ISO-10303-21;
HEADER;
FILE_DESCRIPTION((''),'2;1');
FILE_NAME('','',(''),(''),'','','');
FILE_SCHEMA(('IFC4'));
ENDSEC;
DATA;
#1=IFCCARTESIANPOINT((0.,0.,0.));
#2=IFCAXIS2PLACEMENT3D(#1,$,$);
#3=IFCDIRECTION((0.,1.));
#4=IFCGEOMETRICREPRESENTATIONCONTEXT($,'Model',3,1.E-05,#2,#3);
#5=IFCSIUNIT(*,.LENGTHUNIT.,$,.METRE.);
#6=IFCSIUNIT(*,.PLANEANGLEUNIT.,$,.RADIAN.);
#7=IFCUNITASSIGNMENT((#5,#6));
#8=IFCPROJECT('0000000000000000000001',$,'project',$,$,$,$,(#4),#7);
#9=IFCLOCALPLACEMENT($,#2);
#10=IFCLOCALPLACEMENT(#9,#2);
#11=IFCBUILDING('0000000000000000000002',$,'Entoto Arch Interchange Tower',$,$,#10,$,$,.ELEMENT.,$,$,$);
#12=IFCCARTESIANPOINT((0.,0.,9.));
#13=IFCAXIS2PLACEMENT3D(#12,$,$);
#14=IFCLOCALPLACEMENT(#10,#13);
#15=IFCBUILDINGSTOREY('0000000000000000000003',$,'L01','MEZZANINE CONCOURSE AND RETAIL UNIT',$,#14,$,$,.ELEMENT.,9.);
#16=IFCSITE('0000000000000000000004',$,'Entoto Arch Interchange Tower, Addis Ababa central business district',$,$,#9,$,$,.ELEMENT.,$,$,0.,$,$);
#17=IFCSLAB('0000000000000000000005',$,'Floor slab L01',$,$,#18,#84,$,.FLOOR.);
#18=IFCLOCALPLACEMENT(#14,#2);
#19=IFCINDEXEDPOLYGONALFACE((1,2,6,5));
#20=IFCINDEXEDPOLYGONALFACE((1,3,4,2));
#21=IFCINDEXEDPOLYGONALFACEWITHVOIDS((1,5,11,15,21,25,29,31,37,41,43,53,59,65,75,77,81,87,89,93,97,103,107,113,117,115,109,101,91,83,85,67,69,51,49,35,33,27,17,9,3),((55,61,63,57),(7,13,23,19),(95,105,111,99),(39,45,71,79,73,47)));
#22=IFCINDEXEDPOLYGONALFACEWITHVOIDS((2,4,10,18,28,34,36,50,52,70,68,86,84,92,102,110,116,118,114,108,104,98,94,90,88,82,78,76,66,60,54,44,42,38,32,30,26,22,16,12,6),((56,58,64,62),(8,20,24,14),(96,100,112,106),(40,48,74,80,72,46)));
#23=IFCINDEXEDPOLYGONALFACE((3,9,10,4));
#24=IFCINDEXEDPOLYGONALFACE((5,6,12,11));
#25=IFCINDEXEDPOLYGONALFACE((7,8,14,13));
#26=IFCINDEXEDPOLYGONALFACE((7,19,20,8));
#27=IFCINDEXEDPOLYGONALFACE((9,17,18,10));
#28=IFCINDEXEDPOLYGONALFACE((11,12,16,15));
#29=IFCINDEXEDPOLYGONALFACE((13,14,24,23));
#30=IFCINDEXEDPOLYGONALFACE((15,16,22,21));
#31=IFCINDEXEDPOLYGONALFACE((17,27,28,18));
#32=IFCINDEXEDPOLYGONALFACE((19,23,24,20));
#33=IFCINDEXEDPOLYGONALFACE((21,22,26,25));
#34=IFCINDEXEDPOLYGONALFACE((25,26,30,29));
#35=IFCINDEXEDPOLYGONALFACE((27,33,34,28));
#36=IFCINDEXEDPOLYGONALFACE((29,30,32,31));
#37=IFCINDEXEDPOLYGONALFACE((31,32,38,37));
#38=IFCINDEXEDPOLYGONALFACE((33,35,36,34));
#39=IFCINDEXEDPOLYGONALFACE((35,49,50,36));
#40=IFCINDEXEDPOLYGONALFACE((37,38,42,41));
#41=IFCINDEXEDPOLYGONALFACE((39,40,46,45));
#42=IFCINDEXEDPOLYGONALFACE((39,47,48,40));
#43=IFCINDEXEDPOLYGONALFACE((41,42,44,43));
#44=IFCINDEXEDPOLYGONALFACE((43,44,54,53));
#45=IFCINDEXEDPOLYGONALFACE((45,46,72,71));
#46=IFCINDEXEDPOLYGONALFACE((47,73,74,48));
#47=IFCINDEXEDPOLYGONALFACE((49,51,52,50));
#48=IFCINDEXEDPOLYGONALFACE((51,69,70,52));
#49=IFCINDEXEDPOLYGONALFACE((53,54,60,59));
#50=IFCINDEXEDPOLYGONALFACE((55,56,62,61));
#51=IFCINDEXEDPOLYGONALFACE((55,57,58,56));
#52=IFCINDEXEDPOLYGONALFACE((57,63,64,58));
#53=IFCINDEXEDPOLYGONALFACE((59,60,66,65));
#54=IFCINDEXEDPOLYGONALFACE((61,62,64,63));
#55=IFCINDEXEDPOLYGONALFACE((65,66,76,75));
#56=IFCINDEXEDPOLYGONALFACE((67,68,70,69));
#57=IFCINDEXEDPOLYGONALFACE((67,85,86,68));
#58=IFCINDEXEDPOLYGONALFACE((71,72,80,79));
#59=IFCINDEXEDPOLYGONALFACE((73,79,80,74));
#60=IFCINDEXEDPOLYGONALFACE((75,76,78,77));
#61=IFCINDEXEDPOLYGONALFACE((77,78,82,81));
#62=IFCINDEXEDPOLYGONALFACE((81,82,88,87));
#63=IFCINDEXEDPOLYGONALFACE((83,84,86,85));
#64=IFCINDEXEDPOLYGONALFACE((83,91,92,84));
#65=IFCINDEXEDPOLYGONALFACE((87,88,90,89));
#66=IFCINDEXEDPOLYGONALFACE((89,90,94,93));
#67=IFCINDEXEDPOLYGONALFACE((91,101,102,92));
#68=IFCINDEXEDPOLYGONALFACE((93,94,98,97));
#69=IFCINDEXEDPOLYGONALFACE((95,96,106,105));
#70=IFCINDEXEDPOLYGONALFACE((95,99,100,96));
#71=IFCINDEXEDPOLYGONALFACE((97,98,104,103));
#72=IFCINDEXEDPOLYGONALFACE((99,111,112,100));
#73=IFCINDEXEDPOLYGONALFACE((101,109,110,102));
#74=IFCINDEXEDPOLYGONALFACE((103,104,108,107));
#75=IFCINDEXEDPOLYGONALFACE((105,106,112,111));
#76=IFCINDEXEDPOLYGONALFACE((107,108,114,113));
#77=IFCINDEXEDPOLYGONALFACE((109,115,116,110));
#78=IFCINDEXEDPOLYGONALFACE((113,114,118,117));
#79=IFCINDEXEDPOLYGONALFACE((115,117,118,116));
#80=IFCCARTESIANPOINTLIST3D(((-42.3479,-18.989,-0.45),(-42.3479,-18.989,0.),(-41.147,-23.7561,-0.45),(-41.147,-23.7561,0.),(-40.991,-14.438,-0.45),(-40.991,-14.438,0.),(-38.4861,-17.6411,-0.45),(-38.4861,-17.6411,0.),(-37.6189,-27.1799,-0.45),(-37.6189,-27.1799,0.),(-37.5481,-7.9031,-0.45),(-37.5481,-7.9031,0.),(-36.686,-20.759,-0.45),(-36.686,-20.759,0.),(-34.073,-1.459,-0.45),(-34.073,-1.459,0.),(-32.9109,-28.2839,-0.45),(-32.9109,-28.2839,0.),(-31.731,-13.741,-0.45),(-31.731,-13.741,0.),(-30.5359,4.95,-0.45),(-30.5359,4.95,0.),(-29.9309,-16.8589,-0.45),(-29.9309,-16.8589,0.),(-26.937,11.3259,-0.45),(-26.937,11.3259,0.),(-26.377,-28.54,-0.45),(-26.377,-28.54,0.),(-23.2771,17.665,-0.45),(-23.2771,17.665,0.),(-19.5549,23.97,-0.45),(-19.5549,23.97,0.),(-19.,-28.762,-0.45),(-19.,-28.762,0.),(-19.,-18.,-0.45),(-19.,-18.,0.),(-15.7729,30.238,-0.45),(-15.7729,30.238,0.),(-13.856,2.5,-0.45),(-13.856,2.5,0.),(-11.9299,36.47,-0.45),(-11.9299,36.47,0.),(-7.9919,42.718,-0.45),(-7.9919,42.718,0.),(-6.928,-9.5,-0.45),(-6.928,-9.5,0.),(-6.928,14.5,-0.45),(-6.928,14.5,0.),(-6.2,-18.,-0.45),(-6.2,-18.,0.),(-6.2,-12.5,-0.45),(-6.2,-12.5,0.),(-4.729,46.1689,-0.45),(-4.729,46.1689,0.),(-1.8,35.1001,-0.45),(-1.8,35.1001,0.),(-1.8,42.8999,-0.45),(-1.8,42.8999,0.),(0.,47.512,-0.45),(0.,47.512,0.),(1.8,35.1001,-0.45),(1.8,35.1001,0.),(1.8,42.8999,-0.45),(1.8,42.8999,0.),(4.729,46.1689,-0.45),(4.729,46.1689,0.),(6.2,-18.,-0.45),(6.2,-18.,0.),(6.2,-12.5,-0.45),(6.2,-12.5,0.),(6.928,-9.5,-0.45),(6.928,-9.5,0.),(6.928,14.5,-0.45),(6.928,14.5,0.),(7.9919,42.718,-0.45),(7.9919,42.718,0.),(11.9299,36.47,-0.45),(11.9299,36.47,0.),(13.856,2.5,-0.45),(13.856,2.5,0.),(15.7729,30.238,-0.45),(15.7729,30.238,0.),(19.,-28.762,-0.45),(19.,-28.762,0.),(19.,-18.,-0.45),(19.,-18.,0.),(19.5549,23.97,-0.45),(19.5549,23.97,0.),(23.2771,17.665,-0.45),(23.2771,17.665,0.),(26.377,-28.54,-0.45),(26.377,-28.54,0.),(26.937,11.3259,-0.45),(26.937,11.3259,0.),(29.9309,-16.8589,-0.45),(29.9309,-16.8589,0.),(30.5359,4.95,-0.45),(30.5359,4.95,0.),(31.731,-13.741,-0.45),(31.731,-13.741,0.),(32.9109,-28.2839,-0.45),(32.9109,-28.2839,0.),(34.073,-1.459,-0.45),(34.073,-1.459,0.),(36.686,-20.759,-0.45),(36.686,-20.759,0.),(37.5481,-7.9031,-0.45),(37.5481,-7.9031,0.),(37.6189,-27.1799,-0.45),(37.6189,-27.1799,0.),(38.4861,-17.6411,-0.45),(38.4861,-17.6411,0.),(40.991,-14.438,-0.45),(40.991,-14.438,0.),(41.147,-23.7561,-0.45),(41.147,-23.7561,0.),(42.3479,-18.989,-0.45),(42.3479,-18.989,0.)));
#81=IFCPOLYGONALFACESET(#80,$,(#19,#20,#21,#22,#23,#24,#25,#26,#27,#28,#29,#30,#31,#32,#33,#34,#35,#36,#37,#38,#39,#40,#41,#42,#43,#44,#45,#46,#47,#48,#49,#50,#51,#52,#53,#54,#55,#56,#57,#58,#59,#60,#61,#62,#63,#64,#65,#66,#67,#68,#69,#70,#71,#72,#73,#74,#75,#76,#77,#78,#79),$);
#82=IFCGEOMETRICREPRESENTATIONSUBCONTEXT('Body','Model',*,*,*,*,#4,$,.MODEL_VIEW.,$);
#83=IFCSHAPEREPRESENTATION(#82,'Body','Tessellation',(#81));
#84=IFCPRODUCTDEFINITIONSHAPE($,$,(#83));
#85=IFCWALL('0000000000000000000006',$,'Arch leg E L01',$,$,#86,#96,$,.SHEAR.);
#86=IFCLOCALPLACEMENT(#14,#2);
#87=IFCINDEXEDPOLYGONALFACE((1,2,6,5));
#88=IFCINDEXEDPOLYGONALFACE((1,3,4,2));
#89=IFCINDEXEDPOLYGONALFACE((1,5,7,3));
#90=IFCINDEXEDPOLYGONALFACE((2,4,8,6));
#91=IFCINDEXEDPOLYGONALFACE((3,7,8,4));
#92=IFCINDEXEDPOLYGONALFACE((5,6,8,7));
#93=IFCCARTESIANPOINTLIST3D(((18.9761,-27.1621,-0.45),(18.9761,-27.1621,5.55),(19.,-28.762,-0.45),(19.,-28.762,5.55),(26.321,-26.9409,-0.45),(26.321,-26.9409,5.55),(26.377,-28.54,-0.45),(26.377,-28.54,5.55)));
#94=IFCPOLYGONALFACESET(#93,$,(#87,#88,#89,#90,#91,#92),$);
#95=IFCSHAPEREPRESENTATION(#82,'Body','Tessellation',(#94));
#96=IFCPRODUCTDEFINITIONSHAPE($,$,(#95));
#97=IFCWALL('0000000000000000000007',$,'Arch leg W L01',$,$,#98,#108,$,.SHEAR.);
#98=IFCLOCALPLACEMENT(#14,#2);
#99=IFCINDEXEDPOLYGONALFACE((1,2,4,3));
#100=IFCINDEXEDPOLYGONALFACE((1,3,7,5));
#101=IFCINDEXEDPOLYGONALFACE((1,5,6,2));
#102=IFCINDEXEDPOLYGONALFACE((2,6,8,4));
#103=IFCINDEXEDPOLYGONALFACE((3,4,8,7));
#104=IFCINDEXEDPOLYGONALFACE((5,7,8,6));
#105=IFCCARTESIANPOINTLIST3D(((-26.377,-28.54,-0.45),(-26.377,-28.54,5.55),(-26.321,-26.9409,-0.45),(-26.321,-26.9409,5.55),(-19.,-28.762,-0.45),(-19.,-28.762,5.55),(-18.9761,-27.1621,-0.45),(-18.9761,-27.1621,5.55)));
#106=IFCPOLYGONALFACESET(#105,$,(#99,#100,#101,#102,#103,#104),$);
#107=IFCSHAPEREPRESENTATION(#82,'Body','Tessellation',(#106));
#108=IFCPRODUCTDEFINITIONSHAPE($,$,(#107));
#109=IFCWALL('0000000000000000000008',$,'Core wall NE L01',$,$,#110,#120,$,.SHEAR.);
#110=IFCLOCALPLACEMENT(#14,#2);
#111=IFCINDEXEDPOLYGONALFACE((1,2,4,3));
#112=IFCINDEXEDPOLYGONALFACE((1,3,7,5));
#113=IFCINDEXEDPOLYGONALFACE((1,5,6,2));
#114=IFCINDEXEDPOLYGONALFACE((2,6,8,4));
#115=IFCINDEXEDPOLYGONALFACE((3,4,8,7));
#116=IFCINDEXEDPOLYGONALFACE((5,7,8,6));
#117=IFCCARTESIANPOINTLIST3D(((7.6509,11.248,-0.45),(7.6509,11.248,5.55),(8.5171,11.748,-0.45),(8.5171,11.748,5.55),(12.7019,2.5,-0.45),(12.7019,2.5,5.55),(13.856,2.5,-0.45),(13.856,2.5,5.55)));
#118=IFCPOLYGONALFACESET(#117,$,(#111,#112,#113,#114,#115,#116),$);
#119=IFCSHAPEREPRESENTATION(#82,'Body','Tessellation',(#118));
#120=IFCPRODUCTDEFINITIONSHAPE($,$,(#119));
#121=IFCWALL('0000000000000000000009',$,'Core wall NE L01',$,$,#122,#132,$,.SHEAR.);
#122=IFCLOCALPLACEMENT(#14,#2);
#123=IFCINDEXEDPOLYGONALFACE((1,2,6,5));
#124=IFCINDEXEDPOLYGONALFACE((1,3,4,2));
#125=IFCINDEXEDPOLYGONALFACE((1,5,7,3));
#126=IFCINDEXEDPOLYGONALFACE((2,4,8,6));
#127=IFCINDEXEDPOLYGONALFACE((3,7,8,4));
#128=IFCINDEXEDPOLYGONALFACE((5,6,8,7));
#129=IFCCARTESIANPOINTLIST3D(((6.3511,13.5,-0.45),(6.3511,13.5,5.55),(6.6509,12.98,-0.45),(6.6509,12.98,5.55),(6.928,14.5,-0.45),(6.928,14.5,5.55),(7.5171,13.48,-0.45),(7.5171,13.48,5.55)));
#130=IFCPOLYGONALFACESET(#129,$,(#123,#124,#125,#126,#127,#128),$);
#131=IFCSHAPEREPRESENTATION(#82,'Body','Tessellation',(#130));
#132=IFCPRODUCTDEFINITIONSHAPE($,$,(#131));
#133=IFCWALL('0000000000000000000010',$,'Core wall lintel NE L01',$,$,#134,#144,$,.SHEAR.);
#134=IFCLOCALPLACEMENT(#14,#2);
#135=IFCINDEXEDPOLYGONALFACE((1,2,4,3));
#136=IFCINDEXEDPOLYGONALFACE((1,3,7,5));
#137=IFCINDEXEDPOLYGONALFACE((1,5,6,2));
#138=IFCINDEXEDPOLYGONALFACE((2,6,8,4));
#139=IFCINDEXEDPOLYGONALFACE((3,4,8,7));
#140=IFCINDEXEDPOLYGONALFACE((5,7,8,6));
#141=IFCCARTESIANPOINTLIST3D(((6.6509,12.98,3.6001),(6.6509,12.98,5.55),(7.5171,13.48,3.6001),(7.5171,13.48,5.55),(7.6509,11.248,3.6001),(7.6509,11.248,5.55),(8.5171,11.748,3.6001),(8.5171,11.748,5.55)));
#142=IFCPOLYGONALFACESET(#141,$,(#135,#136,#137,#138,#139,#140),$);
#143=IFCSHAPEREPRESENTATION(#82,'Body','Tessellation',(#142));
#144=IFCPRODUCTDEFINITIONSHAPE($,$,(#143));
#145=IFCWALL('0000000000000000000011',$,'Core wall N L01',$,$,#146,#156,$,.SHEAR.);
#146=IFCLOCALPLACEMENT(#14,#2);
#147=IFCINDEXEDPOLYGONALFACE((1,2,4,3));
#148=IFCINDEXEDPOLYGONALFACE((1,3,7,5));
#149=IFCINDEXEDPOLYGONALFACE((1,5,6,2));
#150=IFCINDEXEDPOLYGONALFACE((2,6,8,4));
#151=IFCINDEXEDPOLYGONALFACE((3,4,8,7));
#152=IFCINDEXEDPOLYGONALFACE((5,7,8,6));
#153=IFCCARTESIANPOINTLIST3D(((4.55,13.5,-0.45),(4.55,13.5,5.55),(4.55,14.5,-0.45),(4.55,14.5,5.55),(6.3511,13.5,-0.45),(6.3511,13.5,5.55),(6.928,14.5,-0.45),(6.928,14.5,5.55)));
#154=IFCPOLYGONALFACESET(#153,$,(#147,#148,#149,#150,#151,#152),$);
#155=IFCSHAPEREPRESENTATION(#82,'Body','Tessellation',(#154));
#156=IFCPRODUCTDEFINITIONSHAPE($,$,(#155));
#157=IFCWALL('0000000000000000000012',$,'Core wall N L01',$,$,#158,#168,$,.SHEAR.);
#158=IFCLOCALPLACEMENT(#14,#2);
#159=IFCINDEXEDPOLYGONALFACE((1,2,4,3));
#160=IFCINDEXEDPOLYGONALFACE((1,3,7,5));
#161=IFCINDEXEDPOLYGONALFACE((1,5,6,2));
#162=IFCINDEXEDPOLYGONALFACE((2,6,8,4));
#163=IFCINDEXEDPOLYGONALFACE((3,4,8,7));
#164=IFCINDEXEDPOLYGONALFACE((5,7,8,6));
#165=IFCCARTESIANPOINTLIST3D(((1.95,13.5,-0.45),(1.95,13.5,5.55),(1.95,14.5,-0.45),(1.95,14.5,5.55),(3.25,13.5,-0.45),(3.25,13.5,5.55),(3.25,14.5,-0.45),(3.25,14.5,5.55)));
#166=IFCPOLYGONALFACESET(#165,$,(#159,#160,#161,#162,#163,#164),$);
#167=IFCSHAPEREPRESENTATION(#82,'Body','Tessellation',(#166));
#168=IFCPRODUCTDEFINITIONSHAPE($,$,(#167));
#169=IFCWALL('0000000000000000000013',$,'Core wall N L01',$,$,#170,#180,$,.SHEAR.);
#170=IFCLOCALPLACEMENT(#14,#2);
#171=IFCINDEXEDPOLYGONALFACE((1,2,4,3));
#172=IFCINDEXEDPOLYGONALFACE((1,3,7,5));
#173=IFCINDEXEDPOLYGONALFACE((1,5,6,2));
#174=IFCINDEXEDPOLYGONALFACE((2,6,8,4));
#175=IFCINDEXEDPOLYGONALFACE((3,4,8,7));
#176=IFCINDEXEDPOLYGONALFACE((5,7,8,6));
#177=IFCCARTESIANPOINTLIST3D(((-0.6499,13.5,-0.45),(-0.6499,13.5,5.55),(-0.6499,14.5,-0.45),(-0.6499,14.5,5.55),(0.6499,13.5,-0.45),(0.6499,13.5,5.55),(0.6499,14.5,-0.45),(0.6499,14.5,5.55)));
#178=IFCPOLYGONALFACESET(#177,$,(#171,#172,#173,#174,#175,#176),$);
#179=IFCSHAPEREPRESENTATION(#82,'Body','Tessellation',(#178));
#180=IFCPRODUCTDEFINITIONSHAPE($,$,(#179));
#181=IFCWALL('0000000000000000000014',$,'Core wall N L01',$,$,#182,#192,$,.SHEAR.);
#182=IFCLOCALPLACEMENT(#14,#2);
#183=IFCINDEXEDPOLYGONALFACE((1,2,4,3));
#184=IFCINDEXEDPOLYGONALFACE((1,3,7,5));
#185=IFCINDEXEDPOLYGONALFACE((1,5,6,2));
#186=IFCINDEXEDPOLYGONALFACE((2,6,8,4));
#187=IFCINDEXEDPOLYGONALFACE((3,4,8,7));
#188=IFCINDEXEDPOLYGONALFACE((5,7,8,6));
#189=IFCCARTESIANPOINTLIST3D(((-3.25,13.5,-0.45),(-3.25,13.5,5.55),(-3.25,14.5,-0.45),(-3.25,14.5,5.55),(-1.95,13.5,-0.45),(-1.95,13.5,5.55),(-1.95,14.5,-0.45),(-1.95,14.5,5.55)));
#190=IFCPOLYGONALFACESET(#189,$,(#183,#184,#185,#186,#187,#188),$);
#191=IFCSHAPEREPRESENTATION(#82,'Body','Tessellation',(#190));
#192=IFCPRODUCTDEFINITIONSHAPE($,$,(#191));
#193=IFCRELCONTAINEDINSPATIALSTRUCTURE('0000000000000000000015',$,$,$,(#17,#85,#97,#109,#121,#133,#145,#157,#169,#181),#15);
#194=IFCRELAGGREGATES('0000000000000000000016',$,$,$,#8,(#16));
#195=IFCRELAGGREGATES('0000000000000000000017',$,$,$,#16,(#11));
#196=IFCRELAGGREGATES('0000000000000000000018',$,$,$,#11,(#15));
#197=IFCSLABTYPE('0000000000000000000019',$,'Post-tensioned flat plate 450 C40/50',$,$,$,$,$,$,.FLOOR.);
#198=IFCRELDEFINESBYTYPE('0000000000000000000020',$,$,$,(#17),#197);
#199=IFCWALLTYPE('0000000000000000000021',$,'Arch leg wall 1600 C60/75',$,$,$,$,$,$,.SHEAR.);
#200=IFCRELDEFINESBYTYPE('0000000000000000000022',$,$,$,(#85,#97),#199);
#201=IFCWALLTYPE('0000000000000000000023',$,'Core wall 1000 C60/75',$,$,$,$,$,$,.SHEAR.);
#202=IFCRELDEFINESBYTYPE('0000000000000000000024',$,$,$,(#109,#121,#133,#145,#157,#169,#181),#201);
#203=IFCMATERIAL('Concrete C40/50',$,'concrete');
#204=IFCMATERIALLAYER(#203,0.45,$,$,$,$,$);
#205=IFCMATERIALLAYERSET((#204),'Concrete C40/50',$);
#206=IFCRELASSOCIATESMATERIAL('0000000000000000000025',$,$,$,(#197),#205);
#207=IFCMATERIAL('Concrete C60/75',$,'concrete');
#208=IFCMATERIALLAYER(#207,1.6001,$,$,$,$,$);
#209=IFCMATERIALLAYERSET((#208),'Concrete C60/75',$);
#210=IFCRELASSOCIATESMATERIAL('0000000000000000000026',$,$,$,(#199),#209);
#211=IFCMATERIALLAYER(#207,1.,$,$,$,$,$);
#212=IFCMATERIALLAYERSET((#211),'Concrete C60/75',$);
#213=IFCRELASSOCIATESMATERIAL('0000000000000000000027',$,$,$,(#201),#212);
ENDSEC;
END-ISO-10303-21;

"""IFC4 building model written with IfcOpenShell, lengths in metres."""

from ifc_helpers import new_model, si_unit, direction, frame, origin, place, context, subcontext, project, spatial, polyline, outline, extrude, material, layer, layer_set, type_object, element, save


model = new_model("IFC4")

# Units and contexts
model_context = context("Model", 3, precision=1e-05, world=origin(), true_north=direction((0.0, 1.0)))
body_context = subcontext(model_context, "Body", "Model", "MODEL_VIEW")
ifc_project = project(units=[si_unit("LENGTHUNIT", "METRE"), si_unit("PLANEANGLEUNIT", "RADIAN")], contexts=[model_context])

# Site, building, storey
site_placement = place(None, origin())
site = spatial("IfcSite", under=ifc_project, at=site_placement, Name="Entoto Arch Interchange Tower, Addis Ababa central business district", CompositionType="ELEMENT", RefElevation=0.0)
building_placement = place(site_placement, origin())
building = spatial("IfcBuilding", under=site, at=building_placement, Name="Entoto Arch Interchange Tower", CompositionType="ELEMENT")
storey_placement = place(building_placement, frame((0.0, 0.0, 9.0)))
storey = spatial("IfcBuildingStorey", under=building, at=storey_placement, Name="L01", Description="MEZZANINE CONCOURSE AND RETAIL UNIT", CompositionType="ELEMENT", Elevation=9.0)

# Slab
ifc_material_1 = material(Name="Concrete C40/50", Category="concrete")
ifc_layer_1 = layer(ifc_material_1, 0.45)
ifc_layer_set_1 = layer_set([ifc_layer_1], Name="Concrete C40/50")
slab_type = type_object("IfcSlabType", Name="Post-tensioned flat plate 450 C40/50", PredefinedType="FLOOR", material=ifc_layer_set_1)
slab_placement = place(storey_placement, frame((0.0, 0.0, -0.45)))
element("IfcSlab", 1, at=slab_placement, inside=storey, type_object=slab_type, Name="Floor slab L01", PredefinedType="FLOOR", context=body_context, shape_type="SweptSolid", body=[
    extrude(outline(polyline([(-26.377, -28.54), (-19.0, -28.762), (-19.0, -18.0), (-6.2, -18.0), (-6.2, -12.5), (6.2, -12.5), (6.2, -18.0), (19.0, -18.0), (19.0, -28.762), (26.377, -28.54), (32.9109, -28.2839), (37.6189, -27.1799), (41.147, -23.7561), (42.3479, -18.989), (40.991, -14.438), (37.5481, -7.9031), (34.073, -1.459), (30.5359, 4.95), (26.937, 11.3259), (23.2771, 17.665), (19.5549, 23.97), (15.7729, 30.238), (11.9299, 36.47), (7.9919, 42.718), (4.729, 46.1689), (0.0, 47.512), (-4.729, 46.1689), (-7.9919, 42.718), (-11.9299, 36.47), (-15.7729, 30.238), (-19.5549, 23.97), (-23.2771, 17.665), (-26.937, 11.3259), (-30.5359, 4.95), (-34.073, -1.459), (-37.5481, -7.9031), (-40.991, -14.438), (-42.3479, -18.989), (-41.147, -23.7561), (-37.6189, -27.1799), (-32.9109, -28.2839), (-26.377, -28.54)]), holes=[polyline([(-29.9309, -16.8589), (-31.731, -13.741), (-38.4861, -17.6411), (-36.686, -20.759), (-29.9309, -16.8589)]), polyline([(31.731, -13.741), (29.9309, -16.8589), (36.686, -20.759), (38.4861, -17.6411), (31.731, -13.741)]), polyline([(-6.928, -9.5), (6.928, -9.5), (13.856, 2.5), (6.928, 14.5), (-6.928, 14.5), (-13.856, 2.5), (-6.928, -9.5)]), polyline([(-1.8, 42.8999), (-1.8, 35.1001), (1.8, 35.1001), (1.8, 42.8999), (-1.8, 42.8999)])]), origin(), (0.0, 0.0, 1.0), 0.45),
])

# Walls
ifc_material_2 = material(Name="Concrete C60/75", Category="concrete")
ifc_layer_2 = layer(ifc_material_2, 1.6001)
ifc_layer_set_2 = layer_set([ifc_layer_2], Name="Concrete C60/75")
wall_type_1 = type_object("IfcWallType", Name="Arch leg wall 1600 C60/75", PredefinedType="SHEAR", material=ifc_layer_set_2)
wall_1_placement = place(storey_placement, frame((0.0, 0.0, -0.45)))
element("IfcWall", 2, at=wall_1_placement, inside=storey, type_object=wall_type_1, Name="Arch leg E L01", PredefinedType="SHEAR", context=body_context, shape_type="SweptSolid", body=[
    extrude(outline(polyline([(19.0, -28.762), (26.377, -28.54), (26.321, -26.9409), (18.9761, -27.1621), (19.0, -28.762)])), origin(), (0.0, 0.0, 1.0), 6.0),
])
wall_2_placement = place(storey_placement, frame((0.0, 0.0, -0.45)))
element("IfcWall", 3, at=wall_2_placement, inside=storey, type_object=wall_type_1, Name="Arch leg W L01", PredefinedType="SHEAR", context=body_context, shape_type="SweptSolid", body=[
    extrude(outline(polyline([(-26.377, -28.54), (-19.0, -28.762), (-18.9761, -27.1621), (-26.321, -26.9409), (-26.377, -28.54)])), origin(), (0.0, 0.0, 1.0), 6.0),
])
ifc_layer_3 = layer(ifc_material_2, 1.0)
ifc_layer_set_3 = layer_set([ifc_layer_3], Name="Concrete C60/75")
wall_type_2 = type_object("IfcWallType", Name="Core wall 1000 C60/75", PredefinedType="SHEAR", material=ifc_layer_set_3)
wall_3_placement = place(storey_placement, frame((0.0, 0.0, -0.45)))
element("IfcWall", 4, at=wall_3_placement, inside=storey, type_object=wall_type_2, Name="Core wall NE L01", PredefinedType="SHEAR", context=body_context, shape_type="SweptSolid", body=[
    extrude(outline(polyline([(8.5171, 11.748), (7.6509, 11.248), (12.7019, 2.5), (13.856, 2.5), (8.5171, 11.748)])), origin(), (0.0, 0.0, 1.0), 6.0),
])
wall_4_placement = place(storey_placement, frame((0.0, 0.0, -0.45)))
element("IfcWall", 5, at=wall_4_placement, inside=storey, type_object=wall_type_2, Name="Core wall NE L01", PredefinedType="SHEAR", context=body_context, shape_type="SweptSolid", body=[
    extrude(outline(polyline([(6.6509, 12.98), (7.5171, 13.48), (6.928, 14.5), (6.3511, 13.5), (6.6509, 12.98)])), origin(), (0.0, 0.0, 1.0), 6.0),
])
wall_5_placement = place(storey_placement, frame((0.0, 0.0, 3.6001)))
element("IfcWall", 6, at=wall_5_placement, inside=storey, type_object=wall_type_2, Name="Core wall lintel NE L01", PredefinedType="SHEAR", context=body_context, shape_type="SweptSolid", body=[
    extrude(outline(polyline([(7.5171, 13.48), (6.6509, 12.98), (7.6509, 11.248), (8.5171, 11.748), (7.5171, 13.48)])), origin(), (0.0, 0.0, 1.0), 1.95),
])
wall_6_placement = place(storey_placement, frame((0.0, 0.0, -0.45)))
element("IfcWall", 7, at=wall_6_placement, inside=storey, type_object=wall_type_2, Name="Core wall N L01", PredefinedType="SHEAR", context=body_context, shape_type="SweptSolid", body=[
    extrude(outline(polyline([(4.55, 14.5), (4.55, 13.5), (6.3511, 13.5), (6.928, 14.5), (4.55, 14.5)])), origin(), (0.0, 0.0, 1.0), 6.0),
])
wall_7_placement = place(storey_placement, frame((0.0, 0.0, -0.45)))
element("IfcWall", 8, at=wall_7_placement, inside=storey, type_object=wall_type_2, Name="Core wall N L01", PredefinedType="SHEAR", context=body_context, shape_type="SweptSolid", body=[
    extrude(outline(polyline([(1.95, 14.5), (1.95, 13.5), (3.25, 13.5), (3.25, 14.5), (1.95, 14.5)])), origin(), (0.0, 0.0, 1.0), 6.0),
])
wall_8_placement = place(storey_placement, frame((0.0, 0.0, -0.45)))
element("IfcWall", 9, at=wall_8_placement, inside=storey, type_object=wall_type_2, Name="Core wall N L01", PredefinedType="SHEAR", context=body_context, shape_type="SweptSolid", body=[
    extrude(outline(polyline([(-0.6499, 14.5), (-0.6499, 13.5), (0.6499, 13.5), (0.6499, 14.5), (-0.6499, 14.5)])), origin(), (0.0, 0.0, 1.0), 6.0),
])
wall_9_placement = place(storey_placement, frame((0.0, 0.0, -0.45)))
element("IfcWall", 10, at=wall_9_placement, inside=storey, type_object=wall_type_2, Name="Core wall N L01", PredefinedType="SHEAR", context=body_context, shape_type="SweptSolid", body=[
    extrude(outline(polyline([(-3.25, 14.5), (-3.25, 13.5), (-1.95, 13.5), (-1.95, 14.5), (-3.25, 14.5)])), origin(), (0.0, 0.0, 1.0), 6.0),
])

save(model, "model.ifc")
